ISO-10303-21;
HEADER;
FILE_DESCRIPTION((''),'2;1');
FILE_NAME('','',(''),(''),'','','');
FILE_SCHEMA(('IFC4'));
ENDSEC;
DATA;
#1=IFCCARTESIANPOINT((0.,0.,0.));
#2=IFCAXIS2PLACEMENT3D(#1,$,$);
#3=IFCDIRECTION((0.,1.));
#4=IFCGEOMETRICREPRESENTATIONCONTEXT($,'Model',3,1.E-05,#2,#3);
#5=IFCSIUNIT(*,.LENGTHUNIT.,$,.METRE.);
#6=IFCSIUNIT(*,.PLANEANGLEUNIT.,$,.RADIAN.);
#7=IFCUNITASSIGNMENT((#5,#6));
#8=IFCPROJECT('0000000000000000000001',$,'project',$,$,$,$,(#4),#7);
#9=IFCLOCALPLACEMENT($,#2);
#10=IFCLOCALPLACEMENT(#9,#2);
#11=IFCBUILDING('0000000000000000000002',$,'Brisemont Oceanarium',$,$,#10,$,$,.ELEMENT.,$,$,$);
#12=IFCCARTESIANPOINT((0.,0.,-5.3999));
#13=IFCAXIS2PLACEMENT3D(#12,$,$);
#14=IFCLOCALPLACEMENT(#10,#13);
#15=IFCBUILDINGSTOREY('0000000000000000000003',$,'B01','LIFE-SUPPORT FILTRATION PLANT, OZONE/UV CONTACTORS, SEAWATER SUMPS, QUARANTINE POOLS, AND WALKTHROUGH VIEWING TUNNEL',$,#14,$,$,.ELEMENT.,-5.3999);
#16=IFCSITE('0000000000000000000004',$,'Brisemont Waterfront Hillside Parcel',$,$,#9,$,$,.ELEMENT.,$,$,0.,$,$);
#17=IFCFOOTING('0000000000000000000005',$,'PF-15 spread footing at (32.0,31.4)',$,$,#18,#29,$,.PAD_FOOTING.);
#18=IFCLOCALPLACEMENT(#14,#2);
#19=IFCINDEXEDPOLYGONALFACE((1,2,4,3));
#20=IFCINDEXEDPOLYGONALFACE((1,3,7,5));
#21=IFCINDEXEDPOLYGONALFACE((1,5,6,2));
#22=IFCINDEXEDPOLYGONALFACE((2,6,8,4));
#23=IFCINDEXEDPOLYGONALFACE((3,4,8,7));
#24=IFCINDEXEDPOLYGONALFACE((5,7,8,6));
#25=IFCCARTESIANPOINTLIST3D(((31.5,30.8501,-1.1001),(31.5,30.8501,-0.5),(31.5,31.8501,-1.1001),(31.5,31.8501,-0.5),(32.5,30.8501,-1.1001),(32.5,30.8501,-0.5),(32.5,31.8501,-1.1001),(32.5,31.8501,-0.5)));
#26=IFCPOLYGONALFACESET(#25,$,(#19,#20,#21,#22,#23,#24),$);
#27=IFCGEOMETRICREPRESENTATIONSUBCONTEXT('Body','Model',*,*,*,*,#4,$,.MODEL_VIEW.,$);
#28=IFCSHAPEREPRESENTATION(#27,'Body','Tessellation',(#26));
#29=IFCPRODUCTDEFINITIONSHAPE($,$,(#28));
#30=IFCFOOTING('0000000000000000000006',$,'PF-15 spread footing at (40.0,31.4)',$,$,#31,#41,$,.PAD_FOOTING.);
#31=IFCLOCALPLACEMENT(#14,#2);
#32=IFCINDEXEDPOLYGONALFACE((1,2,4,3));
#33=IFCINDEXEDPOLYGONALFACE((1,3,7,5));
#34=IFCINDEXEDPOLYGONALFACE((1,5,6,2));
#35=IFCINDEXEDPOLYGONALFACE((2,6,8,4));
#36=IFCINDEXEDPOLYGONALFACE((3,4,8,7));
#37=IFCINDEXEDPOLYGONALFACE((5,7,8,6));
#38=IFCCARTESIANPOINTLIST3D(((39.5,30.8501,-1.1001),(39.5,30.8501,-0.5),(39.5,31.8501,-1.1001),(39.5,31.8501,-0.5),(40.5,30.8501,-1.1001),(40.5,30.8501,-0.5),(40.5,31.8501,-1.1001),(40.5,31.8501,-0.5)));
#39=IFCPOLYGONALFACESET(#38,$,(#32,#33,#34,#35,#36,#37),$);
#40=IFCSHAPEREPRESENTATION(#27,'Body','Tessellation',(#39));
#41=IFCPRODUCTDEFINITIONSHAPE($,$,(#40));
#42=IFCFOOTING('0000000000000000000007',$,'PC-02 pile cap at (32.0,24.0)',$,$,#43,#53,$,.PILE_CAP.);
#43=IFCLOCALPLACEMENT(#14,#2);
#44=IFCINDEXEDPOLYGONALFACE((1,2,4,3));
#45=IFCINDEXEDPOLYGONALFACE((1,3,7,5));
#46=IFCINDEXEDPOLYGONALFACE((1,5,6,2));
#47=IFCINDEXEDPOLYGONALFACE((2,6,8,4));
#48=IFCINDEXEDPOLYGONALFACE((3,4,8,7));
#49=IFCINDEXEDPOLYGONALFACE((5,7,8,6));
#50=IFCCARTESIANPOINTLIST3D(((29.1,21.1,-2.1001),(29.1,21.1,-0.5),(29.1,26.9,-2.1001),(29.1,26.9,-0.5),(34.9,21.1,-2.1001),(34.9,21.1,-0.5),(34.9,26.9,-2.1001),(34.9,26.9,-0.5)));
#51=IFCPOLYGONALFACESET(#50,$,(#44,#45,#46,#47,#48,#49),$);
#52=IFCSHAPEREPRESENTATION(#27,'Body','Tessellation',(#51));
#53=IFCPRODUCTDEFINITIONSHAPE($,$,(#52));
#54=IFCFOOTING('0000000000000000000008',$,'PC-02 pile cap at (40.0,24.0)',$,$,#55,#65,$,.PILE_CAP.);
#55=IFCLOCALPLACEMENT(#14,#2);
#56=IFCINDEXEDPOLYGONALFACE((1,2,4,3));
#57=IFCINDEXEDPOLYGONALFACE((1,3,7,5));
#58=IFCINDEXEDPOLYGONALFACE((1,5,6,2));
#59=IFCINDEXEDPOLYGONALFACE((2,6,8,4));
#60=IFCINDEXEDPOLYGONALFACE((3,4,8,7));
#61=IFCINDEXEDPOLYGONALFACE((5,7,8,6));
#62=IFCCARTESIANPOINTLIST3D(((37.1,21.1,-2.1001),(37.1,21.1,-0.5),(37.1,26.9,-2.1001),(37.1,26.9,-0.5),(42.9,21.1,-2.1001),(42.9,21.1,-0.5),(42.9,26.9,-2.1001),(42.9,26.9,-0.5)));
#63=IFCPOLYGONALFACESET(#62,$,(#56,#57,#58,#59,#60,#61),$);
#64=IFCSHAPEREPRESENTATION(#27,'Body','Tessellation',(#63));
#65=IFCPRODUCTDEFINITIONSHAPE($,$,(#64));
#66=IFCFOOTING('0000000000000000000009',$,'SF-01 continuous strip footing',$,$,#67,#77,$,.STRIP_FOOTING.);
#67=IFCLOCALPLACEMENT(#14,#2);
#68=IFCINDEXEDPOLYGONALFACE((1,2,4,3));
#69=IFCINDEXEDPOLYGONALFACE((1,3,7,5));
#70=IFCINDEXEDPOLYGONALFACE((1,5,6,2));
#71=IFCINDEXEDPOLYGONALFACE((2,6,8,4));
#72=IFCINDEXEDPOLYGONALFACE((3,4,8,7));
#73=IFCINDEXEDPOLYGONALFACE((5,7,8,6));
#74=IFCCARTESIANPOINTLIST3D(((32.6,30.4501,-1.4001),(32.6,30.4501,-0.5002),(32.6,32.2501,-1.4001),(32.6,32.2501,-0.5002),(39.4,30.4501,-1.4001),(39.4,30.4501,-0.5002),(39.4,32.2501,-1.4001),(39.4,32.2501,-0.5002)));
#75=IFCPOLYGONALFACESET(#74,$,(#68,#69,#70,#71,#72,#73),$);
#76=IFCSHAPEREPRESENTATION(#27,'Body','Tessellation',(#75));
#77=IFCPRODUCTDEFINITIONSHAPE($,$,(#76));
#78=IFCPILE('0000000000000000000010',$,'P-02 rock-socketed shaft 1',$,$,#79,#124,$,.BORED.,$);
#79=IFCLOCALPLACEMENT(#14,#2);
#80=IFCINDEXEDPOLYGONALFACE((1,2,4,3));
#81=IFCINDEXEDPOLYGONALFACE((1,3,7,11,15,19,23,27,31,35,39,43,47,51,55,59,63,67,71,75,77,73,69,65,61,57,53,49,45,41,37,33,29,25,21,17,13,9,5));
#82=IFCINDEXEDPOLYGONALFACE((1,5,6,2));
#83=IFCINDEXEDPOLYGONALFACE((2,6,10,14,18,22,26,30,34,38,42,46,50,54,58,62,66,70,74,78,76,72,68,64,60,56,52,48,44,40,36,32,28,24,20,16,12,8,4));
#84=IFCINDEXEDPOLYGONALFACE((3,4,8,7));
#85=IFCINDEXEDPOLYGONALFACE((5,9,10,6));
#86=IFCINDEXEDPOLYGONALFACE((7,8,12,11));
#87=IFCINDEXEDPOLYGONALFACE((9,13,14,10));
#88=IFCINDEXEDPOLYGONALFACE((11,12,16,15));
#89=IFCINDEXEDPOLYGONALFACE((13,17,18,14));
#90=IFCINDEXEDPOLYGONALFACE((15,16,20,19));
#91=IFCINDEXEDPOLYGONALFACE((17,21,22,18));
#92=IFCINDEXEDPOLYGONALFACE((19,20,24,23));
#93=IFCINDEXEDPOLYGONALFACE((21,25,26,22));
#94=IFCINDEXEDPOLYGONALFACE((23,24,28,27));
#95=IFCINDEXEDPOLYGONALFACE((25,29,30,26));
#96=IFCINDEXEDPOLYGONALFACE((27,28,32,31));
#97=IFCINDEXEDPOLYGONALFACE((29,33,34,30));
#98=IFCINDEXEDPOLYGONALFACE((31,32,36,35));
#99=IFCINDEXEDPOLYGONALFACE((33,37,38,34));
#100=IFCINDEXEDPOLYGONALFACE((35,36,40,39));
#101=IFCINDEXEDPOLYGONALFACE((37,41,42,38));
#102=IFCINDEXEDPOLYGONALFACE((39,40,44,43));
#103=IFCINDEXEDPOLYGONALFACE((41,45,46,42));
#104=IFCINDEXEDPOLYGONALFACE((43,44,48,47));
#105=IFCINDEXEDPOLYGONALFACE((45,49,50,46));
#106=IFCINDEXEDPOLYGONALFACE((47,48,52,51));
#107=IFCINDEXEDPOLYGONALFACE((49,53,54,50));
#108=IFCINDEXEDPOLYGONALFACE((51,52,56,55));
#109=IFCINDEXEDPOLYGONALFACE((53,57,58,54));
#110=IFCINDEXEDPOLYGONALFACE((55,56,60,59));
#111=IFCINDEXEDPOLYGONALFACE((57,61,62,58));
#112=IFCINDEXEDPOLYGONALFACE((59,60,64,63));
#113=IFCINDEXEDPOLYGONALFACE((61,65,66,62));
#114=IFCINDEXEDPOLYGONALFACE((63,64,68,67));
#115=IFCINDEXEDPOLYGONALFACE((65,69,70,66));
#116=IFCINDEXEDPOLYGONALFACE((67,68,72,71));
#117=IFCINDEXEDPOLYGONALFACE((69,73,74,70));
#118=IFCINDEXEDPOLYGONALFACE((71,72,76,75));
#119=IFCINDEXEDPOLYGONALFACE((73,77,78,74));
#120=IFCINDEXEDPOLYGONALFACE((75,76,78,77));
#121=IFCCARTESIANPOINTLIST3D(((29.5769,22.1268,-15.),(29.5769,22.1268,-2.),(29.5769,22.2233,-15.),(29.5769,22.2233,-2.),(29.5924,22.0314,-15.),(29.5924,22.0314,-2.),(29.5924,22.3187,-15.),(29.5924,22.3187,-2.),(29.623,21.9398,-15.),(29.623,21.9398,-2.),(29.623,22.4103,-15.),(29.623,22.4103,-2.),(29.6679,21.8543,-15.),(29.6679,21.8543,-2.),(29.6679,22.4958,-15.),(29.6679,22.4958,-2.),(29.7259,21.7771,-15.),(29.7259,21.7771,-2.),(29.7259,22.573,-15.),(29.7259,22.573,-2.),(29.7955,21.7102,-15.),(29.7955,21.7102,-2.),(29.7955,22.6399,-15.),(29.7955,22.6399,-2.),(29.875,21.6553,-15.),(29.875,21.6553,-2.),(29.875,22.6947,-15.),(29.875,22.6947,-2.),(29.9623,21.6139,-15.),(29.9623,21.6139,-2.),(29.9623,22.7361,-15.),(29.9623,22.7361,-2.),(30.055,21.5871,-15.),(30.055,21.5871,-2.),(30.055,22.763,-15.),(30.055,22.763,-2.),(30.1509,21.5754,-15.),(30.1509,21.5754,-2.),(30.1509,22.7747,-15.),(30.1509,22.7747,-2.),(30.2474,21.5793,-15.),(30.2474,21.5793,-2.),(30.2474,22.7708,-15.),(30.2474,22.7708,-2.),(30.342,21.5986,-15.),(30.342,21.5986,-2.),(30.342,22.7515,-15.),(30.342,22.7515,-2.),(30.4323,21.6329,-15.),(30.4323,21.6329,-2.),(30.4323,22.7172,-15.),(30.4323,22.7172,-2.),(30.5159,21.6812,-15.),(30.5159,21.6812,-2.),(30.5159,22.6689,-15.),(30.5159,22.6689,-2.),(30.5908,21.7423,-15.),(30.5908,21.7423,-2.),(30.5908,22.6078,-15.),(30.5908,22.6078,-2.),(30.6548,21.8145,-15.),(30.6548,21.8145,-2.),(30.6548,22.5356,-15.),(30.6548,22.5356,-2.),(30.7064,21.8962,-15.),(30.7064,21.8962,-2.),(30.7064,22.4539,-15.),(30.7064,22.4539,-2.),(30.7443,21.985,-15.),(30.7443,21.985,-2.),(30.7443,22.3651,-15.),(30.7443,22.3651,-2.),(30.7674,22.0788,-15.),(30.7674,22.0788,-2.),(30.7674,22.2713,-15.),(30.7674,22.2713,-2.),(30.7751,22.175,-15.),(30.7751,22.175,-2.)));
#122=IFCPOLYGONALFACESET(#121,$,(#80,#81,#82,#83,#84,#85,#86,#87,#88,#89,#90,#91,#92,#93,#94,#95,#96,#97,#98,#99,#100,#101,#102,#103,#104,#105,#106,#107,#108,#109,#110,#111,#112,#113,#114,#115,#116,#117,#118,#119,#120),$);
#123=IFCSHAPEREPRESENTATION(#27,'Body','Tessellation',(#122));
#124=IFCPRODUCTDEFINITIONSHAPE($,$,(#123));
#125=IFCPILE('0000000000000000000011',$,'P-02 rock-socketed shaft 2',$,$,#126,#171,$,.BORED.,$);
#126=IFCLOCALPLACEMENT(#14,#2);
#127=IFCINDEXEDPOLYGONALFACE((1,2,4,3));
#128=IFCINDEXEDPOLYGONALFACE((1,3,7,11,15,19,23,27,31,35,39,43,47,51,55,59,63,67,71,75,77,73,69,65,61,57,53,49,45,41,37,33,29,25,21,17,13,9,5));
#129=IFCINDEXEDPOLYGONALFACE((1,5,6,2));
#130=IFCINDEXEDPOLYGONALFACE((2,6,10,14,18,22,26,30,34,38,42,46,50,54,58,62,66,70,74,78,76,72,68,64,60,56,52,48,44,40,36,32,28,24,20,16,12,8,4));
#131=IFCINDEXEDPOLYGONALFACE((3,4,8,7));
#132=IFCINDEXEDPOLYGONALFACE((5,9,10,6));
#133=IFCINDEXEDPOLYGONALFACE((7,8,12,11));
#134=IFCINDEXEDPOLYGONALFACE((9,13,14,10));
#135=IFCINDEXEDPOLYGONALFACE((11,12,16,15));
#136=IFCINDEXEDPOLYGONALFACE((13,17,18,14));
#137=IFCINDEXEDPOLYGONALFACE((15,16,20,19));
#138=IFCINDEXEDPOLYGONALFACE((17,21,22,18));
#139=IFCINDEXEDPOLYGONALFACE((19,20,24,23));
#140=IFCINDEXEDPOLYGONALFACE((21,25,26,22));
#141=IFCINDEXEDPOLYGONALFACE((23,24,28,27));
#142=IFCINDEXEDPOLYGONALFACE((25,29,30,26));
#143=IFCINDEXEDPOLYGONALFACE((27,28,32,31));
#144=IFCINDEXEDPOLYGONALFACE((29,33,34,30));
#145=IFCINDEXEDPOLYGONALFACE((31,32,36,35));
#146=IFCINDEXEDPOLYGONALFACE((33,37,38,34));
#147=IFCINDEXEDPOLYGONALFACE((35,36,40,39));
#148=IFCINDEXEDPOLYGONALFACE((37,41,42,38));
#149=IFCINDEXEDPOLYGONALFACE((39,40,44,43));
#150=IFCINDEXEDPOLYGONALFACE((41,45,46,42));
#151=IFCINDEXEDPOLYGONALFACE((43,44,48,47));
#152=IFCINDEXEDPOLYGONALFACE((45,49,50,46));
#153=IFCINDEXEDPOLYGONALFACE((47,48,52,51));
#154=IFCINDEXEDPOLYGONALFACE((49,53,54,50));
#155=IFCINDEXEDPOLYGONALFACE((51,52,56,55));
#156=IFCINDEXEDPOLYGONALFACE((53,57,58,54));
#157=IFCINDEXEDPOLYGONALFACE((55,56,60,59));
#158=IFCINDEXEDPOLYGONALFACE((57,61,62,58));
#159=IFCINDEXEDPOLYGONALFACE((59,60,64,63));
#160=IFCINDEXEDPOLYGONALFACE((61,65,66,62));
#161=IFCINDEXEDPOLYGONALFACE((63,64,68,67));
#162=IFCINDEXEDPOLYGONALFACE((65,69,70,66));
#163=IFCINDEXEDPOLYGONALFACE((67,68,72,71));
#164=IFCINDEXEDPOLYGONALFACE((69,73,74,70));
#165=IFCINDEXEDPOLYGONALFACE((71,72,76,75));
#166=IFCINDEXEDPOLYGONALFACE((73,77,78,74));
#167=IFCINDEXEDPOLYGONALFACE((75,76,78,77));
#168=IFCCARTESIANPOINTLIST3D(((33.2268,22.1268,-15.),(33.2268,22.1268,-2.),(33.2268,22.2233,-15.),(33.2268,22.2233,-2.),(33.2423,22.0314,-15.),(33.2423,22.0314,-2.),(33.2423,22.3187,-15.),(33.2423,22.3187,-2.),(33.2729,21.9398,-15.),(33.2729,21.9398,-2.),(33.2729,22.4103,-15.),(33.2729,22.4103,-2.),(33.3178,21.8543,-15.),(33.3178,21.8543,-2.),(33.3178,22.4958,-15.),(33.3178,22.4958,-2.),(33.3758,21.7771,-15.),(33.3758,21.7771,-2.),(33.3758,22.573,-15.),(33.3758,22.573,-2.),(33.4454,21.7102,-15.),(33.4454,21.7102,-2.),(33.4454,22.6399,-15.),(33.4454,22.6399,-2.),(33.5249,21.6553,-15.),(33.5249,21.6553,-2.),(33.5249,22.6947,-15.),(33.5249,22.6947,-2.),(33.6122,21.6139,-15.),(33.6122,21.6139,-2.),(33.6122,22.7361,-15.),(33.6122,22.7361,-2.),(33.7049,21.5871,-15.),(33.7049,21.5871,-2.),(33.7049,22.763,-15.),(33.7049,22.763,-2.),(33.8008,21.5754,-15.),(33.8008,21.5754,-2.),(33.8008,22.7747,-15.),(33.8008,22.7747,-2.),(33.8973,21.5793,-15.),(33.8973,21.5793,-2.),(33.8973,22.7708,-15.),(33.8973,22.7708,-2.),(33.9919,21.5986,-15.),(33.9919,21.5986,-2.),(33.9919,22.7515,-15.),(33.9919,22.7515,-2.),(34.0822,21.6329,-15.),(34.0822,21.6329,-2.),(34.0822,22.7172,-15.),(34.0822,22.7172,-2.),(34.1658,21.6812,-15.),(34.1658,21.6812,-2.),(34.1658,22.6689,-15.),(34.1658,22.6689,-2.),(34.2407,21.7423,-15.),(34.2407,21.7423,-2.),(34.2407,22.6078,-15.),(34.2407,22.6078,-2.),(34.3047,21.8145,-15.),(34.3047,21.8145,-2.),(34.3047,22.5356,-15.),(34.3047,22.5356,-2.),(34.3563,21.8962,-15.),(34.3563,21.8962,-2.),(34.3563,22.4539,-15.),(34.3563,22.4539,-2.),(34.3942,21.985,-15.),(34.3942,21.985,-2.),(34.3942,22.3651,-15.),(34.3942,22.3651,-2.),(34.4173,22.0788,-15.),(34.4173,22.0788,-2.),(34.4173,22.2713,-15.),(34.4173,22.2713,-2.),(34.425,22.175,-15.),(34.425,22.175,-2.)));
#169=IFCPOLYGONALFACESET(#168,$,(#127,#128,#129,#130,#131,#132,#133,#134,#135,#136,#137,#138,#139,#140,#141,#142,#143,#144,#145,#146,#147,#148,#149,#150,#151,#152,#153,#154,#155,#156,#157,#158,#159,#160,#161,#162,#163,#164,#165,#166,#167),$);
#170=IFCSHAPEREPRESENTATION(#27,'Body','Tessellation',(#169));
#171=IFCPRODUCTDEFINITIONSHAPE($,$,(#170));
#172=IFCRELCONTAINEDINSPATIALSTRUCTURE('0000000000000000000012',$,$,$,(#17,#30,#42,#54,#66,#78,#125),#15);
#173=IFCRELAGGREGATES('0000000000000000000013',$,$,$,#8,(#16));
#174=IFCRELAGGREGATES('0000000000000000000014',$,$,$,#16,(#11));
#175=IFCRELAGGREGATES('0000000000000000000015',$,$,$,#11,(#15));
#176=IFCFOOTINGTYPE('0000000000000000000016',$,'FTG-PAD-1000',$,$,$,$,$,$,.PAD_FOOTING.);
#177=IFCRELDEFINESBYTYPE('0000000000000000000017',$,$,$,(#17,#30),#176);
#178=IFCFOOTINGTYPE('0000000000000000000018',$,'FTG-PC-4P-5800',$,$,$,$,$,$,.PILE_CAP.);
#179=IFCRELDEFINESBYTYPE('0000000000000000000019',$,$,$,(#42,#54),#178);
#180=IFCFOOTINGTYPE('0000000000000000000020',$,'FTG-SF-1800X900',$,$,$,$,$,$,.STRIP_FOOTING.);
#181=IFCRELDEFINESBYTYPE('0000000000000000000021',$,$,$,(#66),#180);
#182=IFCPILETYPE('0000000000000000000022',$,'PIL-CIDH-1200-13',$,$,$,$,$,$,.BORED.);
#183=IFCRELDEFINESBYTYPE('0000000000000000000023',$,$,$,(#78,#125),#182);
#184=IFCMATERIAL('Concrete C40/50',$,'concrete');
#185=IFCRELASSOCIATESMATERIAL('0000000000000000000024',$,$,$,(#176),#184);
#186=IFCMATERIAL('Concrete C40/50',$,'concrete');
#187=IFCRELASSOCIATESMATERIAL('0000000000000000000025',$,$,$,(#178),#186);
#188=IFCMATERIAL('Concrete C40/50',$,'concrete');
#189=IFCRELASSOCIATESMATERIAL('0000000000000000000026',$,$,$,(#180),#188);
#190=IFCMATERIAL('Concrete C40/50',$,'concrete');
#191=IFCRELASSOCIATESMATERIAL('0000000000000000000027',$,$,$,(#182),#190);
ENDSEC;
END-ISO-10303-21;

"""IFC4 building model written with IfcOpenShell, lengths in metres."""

from ifc_helpers import new_model, si_unit, direction, frame, origin, origin_2d, place, context, subcontext, project, spatial, rectangle, circle, extrude, material, material_profile, profile_set, type_object, element, save


model = new_model("IFC4")

# Units and contexts
model_context = context("Model", 3, precision=1e-05, world=origin(), true_north=direction((0.0, 1.0)))
body_context = subcontext(model_context, "Body", "Model", "MODEL_VIEW")
ifc_project = project(units=[si_unit("LENGTHUNIT", "METRE"), si_unit("PLANEANGLEUNIT", "RADIAN")], contexts=[model_context])

# Site, building, storey
site_placement = place(None, origin())
site = spatial("IfcSite", under=ifc_project, at=site_placement, Name="Brisemont Waterfront Hillside Parcel", CompositionType="ELEMENT", RefElevation=0.0)
building_placement = place(site_placement, origin())
building = spatial("IfcBuilding", under=site, at=building_placement, Name="Brisemont Oceanarium", CompositionType="ELEMENT")
storey_placement = place(building_placement, frame((0.0, 0.0, -5.3999)))
storey = spatial("IfcBuildingStorey", under=building, at=storey_placement, Name="B01", Description="LIFE-SUPPORT FILTRATION PLANT, OZONE/UV CONTACTORS, SEAWATER SUMPS, QUARANTINE POOLS, AND WALKTHROUGH VIEWING TUNNEL", CompositionType="ELEMENT", Elevation=-5.3999)

# Footings
ifc_material_1 = material(Name="Concrete C40/50", Category="concrete")
footing_type_1 = type_object("IfcFootingType", Name="FTG-PAD-1000", PredefinedType="PAD_FOOTING", material=ifc_material_1)
for number, where, z_axis, x_axis, name in (
    (1, (32.0, 31.3501, -1.1001), (0.0, 0.0, 1.0), (1.0, 0.0, 0.0), "PF-15 spread footing at (32.0,31.4)"),
    (2, (40.0, 31.3501, -1.1001), (0.0, 0.0, 1.0), (1.0, 0.0, 0.0), "PF-15 spread footing at (40.0,31.4)"),
):
    element("IfcFooting", number, at=place(storey_placement, frame(where, z_axis=z_axis, x_axis=x_axis)), inside=storey, type_object=footing_type_1, Name=name, PredefinedType="PAD_FOOTING", context=body_context, shape_type="SweptSolid", body=[
        extrude(rectangle(XDim=1.0, YDim=1.0, at=origin_2d()), origin(), (0.0, 0.0, 1.0), 0.6001),
    ])
ifc_material_2 = material(Name="Concrete C40/50", Category="concrete")
footing_type_2 = type_object("IfcFootingType", Name="FTG-PC-4P-5800", PredefinedType="PILE_CAP", material=ifc_material_2)
for number, where, z_axis, x_axis, name in (
    (3, (32.0, 24.0, -2.1001), (0.0, 0.0, 1.0), (1.0, 0.0, 0.0), "PC-02 pile cap at (32.0,24.0)"),
    (4, (40.0, 24.0, -2.1001), (0.0, 0.0, 1.0), (1.0, 0.0, 0.0), "PC-02 pile cap at (40.0,24.0)"),
):
    element("IfcFooting", number, at=place(storey_placement, frame(where, z_axis=z_axis, x_axis=x_axis)), inside=storey, type_object=footing_type_2, Name=name, PredefinedType="PILE_CAP", context=body_context, shape_type="SweptSolid", body=[
        extrude(rectangle(XDim=5.8, YDim=5.8, at=origin_2d()), origin(), (0.0, 0.0, 1.0), 1.6001),
    ])
ifc_material_3 = material(Name="Concrete C40/50", Category="concrete")
footing_type_3 = type_object("IfcFootingType", Name="FTG-SF-1800X900", PredefinedType="STRIP_FOOTING", material=ifc_material_3)
footing_placement = place(storey_placement, frame((36.0, 31.3501, -1.4001), z_axis=(0.0, 0.0, 1.0), x_axis=(1.0, 0.0, 0.0)))
element("IfcFooting", 5, at=footing_placement, inside=storey, type_object=footing_type_3, Name="SF-01 continuous strip footing", PredefinedType="STRIP_FOOTING", context=body_context, shape_type="SweptSolid", body=[
    extrude(rectangle(XDim=6.8, YDim=1.8, at=origin_2d()), origin(), (0.0, 0.0, 1.0), 0.8999),
])

# Piles
ifc_material_4 = material(Name="Concrete C40/50", Category="concrete")
ifc_material_profile_1 = material_profile(ifc_material_4, circle(Radius=0.6001, at=origin_2d()), Name="CIDH-D1200")
ifc_profile_set_1 = profile_set([ifc_material_profile_1], Name="Concrete C40/50")
pile_type = type_object("IfcPileType", Name="PIL-CIDH-1200-13", PredefinedType="BORED", material=ifc_profile_set_1)
for number, where, z_axis, x_axis, name in (
    (6, (30.175, 22.175, -2.0), (0.0, 0.0, -1.0), (1.0, 0.0, 0.0), "P-02 rock-socketed shaft 1"),
    (7, (33.825, 22.175, -2.0), (0.0, 0.0, -1.0), (1.0, 0.0, 0.0), "P-02 rock-socketed shaft 2"),
):
    element("IfcPile", number, at=place(storey_placement, frame(where, z_axis=z_axis, x_axis=x_axis)), inside=storey, type_object=pile_type, Name=name, PredefinedType="BORED", context=body_context, shape_type="SweptSolid", body=[
        extrude(circle(Radius=0.6001, at=origin_2d()), origin(), (0.0, 0.0, 1.0), 13.0),
    ])

save(model, "model.ifc")
